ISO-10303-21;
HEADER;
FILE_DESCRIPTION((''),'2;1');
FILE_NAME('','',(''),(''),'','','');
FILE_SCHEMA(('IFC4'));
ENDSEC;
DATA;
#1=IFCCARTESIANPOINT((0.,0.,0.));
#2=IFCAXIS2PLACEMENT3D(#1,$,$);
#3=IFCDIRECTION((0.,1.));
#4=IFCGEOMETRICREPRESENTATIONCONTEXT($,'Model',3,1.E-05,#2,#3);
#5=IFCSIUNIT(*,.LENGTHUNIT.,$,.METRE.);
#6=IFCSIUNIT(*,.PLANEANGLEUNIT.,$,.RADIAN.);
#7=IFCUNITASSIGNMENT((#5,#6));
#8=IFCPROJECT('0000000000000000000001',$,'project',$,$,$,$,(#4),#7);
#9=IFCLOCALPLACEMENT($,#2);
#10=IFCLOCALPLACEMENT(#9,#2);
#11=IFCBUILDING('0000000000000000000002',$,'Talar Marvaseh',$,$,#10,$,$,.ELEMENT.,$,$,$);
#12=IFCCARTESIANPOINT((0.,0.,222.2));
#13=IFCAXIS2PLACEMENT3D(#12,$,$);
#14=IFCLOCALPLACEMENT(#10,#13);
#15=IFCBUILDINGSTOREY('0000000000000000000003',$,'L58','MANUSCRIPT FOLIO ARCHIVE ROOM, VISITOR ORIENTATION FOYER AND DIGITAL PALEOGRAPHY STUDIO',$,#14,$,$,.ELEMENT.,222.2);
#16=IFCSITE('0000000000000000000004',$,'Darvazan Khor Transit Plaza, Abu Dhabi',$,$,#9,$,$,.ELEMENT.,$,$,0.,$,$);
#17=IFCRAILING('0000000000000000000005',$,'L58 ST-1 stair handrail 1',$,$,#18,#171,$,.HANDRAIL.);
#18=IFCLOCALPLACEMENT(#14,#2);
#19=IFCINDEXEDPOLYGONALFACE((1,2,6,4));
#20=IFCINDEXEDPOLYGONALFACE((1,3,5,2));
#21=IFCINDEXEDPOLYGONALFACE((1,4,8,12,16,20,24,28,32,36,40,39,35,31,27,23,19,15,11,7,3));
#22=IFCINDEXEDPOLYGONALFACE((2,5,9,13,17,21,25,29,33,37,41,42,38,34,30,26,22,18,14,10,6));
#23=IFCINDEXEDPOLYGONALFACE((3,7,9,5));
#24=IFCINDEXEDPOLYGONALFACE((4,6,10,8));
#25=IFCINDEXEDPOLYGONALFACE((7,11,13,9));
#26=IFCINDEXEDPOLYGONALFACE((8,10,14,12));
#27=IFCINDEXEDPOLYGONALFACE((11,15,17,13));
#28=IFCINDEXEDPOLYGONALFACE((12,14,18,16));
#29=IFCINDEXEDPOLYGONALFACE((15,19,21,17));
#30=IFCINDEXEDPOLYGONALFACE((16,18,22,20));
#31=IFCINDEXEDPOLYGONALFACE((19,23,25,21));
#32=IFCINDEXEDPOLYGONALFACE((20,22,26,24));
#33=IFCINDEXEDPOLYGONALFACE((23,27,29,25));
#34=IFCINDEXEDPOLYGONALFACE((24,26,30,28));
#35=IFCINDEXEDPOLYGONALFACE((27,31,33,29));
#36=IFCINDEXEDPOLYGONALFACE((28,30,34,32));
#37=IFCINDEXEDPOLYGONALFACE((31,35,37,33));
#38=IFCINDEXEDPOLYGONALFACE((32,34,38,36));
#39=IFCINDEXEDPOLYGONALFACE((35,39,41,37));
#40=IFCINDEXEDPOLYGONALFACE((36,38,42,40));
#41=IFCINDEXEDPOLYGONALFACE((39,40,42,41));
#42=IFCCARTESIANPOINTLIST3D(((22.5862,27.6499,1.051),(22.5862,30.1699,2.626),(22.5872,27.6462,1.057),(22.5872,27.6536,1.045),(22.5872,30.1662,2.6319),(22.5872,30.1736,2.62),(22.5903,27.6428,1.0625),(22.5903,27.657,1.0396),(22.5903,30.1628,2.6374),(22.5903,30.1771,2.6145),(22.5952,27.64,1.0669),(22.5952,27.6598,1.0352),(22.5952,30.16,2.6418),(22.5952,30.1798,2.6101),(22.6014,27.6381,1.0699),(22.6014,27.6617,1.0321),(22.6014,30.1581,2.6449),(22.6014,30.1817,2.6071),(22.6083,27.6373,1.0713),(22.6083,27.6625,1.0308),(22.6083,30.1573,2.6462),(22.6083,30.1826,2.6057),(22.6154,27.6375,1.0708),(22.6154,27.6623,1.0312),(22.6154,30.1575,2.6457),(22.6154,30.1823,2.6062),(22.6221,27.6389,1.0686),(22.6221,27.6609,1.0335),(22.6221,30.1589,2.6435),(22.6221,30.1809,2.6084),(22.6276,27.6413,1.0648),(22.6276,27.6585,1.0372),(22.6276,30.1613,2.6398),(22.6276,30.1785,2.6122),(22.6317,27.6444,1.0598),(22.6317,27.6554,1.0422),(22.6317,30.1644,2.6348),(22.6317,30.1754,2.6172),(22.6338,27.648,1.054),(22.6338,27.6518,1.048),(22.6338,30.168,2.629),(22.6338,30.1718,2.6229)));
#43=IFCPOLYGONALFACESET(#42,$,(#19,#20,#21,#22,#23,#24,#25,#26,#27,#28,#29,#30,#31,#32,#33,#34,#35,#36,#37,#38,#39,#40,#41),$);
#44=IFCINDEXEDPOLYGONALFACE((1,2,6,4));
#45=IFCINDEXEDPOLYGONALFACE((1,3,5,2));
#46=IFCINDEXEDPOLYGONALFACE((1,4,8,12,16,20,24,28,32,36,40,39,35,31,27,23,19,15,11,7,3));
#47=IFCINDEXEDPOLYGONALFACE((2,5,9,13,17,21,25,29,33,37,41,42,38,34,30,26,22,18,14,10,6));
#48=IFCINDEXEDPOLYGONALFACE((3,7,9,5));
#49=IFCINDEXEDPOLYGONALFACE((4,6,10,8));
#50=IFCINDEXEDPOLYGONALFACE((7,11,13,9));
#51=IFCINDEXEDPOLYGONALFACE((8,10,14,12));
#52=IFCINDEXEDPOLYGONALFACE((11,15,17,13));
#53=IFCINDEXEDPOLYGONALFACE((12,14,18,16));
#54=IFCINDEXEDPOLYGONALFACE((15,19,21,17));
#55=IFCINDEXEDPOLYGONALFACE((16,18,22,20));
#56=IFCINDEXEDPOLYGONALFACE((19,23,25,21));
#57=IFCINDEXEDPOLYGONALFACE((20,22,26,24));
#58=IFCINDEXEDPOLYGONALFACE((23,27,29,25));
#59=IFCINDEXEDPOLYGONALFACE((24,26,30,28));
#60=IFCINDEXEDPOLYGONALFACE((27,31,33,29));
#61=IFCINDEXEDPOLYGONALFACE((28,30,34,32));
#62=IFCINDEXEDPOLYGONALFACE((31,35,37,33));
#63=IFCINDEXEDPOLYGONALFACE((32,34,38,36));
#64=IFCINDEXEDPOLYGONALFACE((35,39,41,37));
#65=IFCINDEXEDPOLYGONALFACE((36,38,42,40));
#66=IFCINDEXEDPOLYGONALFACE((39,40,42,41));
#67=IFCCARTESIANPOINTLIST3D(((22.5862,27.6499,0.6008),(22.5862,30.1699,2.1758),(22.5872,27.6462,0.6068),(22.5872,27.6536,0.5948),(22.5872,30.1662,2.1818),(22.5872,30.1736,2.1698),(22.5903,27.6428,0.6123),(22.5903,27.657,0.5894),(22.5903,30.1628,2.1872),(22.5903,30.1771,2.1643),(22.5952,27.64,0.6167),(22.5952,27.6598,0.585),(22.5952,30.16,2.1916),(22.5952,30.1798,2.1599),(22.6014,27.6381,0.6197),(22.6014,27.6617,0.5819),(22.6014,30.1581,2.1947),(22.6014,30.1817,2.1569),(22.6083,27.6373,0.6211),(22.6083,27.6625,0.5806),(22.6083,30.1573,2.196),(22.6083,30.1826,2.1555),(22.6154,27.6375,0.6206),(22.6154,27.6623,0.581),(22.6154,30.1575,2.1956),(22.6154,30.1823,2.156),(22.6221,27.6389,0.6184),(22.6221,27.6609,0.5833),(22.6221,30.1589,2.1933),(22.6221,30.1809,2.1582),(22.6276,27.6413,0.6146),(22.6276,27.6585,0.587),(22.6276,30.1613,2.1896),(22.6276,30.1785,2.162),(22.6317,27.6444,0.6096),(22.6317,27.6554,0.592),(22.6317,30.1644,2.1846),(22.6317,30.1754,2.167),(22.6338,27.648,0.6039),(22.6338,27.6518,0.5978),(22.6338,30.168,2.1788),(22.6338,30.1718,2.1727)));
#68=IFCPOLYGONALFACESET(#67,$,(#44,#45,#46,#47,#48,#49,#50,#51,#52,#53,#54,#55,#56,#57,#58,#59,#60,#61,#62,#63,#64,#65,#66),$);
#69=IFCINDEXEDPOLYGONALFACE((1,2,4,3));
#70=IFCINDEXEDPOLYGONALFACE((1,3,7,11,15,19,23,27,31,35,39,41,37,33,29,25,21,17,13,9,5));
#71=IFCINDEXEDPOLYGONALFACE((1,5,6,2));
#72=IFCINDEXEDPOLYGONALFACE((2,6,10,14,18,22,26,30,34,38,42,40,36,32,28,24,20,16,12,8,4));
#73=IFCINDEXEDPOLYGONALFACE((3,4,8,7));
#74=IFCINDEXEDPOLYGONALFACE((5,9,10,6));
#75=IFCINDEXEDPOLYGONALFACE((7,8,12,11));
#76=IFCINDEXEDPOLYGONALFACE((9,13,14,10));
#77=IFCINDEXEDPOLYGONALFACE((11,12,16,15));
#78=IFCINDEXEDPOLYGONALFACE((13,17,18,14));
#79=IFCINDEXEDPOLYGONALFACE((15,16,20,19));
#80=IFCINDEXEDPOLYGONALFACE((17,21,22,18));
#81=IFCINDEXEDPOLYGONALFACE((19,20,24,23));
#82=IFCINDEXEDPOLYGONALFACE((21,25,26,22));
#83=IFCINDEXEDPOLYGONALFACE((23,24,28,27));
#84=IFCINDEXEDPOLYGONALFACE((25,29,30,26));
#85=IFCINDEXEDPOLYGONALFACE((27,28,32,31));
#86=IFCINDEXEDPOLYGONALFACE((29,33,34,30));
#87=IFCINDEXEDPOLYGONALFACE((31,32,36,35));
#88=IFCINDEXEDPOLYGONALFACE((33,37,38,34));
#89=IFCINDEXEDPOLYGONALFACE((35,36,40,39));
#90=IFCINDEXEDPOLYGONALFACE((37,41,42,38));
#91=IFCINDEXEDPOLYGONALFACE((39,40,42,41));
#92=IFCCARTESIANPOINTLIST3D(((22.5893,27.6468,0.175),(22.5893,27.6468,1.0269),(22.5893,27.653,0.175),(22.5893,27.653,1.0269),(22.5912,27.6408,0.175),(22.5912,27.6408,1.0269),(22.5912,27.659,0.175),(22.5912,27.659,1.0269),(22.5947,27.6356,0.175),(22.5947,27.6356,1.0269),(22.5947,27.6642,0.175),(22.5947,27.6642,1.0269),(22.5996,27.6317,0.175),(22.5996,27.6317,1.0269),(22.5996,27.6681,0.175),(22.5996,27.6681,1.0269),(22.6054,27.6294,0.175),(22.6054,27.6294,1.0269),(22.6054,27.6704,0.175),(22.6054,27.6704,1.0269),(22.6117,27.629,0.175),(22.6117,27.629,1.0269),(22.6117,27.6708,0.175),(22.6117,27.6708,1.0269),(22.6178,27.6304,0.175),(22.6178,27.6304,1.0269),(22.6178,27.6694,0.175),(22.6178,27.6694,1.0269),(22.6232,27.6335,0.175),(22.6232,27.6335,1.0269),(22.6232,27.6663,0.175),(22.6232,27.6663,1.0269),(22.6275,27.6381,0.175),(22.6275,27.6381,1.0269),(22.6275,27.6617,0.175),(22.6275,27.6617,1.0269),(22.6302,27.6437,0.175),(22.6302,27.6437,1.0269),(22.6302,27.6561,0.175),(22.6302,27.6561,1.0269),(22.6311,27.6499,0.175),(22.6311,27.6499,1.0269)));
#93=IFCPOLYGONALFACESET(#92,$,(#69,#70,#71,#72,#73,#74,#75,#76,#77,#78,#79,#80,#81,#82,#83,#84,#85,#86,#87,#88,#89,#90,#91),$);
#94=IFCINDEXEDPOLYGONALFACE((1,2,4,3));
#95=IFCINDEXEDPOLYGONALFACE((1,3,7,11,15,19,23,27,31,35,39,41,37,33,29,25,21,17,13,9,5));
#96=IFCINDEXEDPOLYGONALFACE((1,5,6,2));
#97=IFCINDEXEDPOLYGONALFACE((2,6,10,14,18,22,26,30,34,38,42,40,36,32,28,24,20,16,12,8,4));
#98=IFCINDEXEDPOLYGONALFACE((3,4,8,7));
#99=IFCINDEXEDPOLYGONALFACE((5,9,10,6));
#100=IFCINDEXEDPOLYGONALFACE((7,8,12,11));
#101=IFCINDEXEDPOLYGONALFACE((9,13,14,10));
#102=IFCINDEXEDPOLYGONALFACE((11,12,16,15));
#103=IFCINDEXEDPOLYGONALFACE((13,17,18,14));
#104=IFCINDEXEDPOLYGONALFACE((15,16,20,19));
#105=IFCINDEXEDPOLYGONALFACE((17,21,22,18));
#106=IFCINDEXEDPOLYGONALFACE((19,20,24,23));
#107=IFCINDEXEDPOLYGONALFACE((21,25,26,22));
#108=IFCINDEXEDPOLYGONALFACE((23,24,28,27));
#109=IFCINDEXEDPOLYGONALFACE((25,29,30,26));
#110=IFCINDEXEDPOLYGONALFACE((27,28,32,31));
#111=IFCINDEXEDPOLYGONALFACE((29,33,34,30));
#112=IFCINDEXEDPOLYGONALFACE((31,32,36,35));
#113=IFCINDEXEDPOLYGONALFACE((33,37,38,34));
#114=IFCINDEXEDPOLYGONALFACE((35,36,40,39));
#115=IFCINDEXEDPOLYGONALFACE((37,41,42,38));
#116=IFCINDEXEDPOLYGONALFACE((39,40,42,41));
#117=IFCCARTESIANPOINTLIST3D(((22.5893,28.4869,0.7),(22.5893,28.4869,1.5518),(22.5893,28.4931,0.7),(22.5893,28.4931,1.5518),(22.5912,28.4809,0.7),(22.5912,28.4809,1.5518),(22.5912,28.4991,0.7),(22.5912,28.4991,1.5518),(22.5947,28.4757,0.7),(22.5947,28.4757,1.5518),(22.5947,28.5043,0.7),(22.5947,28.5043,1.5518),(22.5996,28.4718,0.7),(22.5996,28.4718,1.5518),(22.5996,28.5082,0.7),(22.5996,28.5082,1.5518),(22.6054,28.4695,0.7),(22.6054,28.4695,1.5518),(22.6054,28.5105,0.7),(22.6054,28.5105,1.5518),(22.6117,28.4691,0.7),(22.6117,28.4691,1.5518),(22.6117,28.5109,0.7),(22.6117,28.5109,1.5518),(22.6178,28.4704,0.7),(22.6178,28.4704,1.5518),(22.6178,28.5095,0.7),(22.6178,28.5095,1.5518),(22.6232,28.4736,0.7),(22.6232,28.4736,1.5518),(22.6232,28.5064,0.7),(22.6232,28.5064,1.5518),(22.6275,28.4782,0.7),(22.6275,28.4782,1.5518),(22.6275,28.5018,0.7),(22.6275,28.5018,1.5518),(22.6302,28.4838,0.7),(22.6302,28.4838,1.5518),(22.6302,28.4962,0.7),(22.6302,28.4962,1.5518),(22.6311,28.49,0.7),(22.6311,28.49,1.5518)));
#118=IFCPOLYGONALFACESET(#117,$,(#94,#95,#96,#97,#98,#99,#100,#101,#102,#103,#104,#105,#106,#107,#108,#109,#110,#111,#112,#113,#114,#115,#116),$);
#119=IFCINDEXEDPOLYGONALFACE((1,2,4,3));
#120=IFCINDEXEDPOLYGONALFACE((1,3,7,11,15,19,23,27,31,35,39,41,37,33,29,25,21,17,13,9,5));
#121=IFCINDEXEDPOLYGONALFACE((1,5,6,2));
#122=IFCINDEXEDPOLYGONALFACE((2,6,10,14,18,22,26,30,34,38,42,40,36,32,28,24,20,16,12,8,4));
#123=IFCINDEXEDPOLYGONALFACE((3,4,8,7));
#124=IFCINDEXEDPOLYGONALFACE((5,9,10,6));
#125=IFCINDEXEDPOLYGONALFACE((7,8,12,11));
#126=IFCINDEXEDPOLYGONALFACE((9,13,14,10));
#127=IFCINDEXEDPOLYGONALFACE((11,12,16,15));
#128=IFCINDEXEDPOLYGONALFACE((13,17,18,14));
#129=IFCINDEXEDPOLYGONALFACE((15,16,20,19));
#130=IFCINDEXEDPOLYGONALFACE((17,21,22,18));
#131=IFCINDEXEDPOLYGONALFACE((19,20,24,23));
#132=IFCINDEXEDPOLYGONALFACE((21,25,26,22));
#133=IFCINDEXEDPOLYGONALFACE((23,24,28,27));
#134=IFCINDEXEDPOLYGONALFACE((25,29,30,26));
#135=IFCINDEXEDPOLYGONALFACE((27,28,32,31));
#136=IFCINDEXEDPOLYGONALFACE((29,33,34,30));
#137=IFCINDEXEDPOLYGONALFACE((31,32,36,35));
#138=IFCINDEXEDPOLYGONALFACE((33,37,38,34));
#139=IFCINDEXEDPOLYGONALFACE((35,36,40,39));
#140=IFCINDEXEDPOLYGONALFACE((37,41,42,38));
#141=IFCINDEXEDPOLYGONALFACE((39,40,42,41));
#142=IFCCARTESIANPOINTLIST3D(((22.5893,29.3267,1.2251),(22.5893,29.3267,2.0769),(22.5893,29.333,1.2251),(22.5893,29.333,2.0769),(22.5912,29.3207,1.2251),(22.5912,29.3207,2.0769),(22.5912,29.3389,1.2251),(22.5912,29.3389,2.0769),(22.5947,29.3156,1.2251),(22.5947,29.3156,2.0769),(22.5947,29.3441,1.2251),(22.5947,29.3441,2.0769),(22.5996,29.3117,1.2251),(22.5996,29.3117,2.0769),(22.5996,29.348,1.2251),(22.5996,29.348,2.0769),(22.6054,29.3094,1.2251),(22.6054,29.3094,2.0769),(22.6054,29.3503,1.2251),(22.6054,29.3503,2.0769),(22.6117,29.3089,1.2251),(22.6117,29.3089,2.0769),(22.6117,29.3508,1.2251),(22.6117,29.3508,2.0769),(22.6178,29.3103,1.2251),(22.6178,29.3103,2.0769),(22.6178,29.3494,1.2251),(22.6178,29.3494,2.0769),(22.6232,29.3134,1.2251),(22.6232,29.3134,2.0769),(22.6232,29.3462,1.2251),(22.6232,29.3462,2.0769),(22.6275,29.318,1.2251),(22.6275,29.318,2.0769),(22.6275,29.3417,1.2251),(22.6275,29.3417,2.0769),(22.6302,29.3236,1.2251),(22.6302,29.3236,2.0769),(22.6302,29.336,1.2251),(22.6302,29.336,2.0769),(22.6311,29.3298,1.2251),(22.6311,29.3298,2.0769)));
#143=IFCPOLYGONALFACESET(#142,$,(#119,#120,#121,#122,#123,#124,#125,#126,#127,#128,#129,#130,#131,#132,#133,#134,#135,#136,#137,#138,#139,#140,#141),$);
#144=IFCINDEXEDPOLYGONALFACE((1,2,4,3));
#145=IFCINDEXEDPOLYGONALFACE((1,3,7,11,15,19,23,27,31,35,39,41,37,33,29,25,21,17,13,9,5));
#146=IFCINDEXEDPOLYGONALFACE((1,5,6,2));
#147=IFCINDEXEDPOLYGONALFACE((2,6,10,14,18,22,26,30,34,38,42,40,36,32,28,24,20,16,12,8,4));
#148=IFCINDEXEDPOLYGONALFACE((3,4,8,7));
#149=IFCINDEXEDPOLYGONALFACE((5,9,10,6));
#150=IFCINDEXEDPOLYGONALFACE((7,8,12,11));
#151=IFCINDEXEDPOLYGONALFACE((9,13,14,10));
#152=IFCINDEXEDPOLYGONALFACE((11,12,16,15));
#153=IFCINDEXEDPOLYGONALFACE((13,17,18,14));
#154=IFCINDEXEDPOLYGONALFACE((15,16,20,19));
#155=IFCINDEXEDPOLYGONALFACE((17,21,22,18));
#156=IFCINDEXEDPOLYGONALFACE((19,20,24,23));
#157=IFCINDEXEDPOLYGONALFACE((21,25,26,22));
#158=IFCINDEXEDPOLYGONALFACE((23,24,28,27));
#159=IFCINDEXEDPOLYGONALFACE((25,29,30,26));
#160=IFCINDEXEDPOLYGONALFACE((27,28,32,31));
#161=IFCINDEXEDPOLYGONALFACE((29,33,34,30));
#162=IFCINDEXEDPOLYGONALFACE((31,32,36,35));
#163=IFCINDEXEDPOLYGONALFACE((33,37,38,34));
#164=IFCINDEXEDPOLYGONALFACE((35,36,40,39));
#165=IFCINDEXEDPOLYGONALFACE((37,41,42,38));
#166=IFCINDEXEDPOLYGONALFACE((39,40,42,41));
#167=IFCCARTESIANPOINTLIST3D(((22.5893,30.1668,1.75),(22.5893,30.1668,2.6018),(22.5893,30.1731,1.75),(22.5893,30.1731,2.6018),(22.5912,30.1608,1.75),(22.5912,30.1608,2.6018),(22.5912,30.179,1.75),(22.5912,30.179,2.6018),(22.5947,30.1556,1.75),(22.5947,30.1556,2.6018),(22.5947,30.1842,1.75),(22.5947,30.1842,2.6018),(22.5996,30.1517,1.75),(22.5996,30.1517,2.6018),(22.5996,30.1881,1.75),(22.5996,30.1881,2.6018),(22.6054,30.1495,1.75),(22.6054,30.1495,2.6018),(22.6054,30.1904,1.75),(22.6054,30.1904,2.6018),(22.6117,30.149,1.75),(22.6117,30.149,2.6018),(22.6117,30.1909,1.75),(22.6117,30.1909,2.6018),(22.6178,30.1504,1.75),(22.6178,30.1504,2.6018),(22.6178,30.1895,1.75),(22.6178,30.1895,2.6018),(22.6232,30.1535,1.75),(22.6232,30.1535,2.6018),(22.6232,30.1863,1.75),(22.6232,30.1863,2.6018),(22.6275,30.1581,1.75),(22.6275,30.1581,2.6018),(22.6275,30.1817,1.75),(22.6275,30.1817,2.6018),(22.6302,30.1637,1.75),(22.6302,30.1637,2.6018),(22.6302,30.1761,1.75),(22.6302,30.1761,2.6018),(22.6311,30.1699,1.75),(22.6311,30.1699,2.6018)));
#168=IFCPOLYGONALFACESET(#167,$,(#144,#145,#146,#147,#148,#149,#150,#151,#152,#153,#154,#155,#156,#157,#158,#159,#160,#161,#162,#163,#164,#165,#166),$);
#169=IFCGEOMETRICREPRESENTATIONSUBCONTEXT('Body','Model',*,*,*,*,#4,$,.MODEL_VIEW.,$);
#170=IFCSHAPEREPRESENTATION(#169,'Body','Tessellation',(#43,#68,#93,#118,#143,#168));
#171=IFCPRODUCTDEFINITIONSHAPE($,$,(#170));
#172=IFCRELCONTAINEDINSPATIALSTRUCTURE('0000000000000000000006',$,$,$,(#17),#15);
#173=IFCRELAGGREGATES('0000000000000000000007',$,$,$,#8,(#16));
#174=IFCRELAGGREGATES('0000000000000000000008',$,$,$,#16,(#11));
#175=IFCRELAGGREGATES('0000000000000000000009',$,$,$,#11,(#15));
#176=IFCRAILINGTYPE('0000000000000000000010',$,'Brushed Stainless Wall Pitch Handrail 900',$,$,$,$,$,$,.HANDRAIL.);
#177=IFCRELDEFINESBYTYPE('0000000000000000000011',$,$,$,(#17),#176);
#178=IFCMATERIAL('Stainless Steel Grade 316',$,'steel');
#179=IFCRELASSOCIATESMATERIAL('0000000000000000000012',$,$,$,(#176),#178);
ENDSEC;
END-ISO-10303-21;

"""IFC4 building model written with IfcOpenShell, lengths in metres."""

from ifc_helpers import new_model, si_unit, direction, frame, origin, origin_2d, place, context, subcontext, project, spatial, circle, extrude, material, type_object, element, save


model = new_model("IFC4")

# Units and contexts
model_context = context("Model", 3, precision=1e-05, world=origin(), true_north=direction((0.0, 1.0)))
body_context = subcontext(model_context, "Body", "Model", "MODEL_VIEW")
ifc_project = project(units=[si_unit("LENGTHUNIT", "METRE"), si_unit("PLANEANGLEUNIT", "RADIAN")], contexts=[model_context])

# Site, building, storey
site_placement = place(None, origin())
site = spatial("IfcSite", under=ifc_project, at=site_placement, Name="Darvazan Khor Transit Plaza, Abu Dhabi", CompositionType="ELEMENT", RefElevation=0.0)
building_placement = place(site_placement, origin())
building = spatial("IfcBuilding", under=site, at=building_placement, Name="Talar Marvaseh", CompositionType="ELEMENT")
storey_placement = place(building_placement, frame((0.0, 0.0, 222.2)))
storey = spatial("IfcBuildingStorey", under=building, at=storey_placement, Name="L58", Description="MANUSCRIPT FOLIO ARCHIVE ROOM, VISITOR ORIENTATION FOYER AND DIGITAL PALEOGRAPHY STUDIO", CompositionType="ELEMENT", Elevation=222.2)

# Shared definitions
ifc_material_1 = material(Name="Stainless Steel Grade 316", Category="steel")

# Railing
railing_type_1 = type_object("IfcRailingType", Name="Brushed Stainless Wall Pitch Handrail 900", PredefinedType="HANDRAIL", material=ifc_material_1)
railing_1_placement = place(storey_placement, frame((22.6101, 27.6499, 0.175)))
element("IfcRailing", 1, at=railing_1_placement, inside=storey, type_object=railing_type_1, Name="L58 ST-1 stair handrail 1", PredefinedType="HANDRAIL", context=body_context, shape_type="SweptSolid", body=[
    extrude(circle(Radius=0.0239, at=origin_2d()), frame((0.0, 0.0, 0.876), z_axis=(0.0, 0.848008, 0.529984), x_axis=(-1.0, 0.0, 0.0)), (0.0, 0.0, 1.0), 2.9717),
    extrude(circle(Radius=0.0239, at=origin_2d()), frame((0.0, 0.0, 0.4258), z_axis=(0.0, 0.848008, 0.529984), x_axis=(-1.0, 0.0, 0.0)), (0.0, 0.0, 1.0), 2.9717),
    extrude(circle(Radius=0.021, at=origin_2d()), origin(), (0.0, 0.0, 1.0), 0.8518),
    extrude(circle(Radius=0.021, at=origin_2d()), frame((0.0, 0.8401, 0.5249)), (0.0, 0.0, 1.0), 0.8518),
    extrude(circle(Radius=0.021, at=origin_2d()), frame((0.0, 1.6799, 1.05)), (0.0, 0.0, 1.0), 0.8518),
    extrude(circle(Radius=0.021, at=origin_2d()), frame((0.0, 2.52, 1.575)), (0.0, 0.0, 1.0), 0.8518),
])

save(model, "model.ifc")
